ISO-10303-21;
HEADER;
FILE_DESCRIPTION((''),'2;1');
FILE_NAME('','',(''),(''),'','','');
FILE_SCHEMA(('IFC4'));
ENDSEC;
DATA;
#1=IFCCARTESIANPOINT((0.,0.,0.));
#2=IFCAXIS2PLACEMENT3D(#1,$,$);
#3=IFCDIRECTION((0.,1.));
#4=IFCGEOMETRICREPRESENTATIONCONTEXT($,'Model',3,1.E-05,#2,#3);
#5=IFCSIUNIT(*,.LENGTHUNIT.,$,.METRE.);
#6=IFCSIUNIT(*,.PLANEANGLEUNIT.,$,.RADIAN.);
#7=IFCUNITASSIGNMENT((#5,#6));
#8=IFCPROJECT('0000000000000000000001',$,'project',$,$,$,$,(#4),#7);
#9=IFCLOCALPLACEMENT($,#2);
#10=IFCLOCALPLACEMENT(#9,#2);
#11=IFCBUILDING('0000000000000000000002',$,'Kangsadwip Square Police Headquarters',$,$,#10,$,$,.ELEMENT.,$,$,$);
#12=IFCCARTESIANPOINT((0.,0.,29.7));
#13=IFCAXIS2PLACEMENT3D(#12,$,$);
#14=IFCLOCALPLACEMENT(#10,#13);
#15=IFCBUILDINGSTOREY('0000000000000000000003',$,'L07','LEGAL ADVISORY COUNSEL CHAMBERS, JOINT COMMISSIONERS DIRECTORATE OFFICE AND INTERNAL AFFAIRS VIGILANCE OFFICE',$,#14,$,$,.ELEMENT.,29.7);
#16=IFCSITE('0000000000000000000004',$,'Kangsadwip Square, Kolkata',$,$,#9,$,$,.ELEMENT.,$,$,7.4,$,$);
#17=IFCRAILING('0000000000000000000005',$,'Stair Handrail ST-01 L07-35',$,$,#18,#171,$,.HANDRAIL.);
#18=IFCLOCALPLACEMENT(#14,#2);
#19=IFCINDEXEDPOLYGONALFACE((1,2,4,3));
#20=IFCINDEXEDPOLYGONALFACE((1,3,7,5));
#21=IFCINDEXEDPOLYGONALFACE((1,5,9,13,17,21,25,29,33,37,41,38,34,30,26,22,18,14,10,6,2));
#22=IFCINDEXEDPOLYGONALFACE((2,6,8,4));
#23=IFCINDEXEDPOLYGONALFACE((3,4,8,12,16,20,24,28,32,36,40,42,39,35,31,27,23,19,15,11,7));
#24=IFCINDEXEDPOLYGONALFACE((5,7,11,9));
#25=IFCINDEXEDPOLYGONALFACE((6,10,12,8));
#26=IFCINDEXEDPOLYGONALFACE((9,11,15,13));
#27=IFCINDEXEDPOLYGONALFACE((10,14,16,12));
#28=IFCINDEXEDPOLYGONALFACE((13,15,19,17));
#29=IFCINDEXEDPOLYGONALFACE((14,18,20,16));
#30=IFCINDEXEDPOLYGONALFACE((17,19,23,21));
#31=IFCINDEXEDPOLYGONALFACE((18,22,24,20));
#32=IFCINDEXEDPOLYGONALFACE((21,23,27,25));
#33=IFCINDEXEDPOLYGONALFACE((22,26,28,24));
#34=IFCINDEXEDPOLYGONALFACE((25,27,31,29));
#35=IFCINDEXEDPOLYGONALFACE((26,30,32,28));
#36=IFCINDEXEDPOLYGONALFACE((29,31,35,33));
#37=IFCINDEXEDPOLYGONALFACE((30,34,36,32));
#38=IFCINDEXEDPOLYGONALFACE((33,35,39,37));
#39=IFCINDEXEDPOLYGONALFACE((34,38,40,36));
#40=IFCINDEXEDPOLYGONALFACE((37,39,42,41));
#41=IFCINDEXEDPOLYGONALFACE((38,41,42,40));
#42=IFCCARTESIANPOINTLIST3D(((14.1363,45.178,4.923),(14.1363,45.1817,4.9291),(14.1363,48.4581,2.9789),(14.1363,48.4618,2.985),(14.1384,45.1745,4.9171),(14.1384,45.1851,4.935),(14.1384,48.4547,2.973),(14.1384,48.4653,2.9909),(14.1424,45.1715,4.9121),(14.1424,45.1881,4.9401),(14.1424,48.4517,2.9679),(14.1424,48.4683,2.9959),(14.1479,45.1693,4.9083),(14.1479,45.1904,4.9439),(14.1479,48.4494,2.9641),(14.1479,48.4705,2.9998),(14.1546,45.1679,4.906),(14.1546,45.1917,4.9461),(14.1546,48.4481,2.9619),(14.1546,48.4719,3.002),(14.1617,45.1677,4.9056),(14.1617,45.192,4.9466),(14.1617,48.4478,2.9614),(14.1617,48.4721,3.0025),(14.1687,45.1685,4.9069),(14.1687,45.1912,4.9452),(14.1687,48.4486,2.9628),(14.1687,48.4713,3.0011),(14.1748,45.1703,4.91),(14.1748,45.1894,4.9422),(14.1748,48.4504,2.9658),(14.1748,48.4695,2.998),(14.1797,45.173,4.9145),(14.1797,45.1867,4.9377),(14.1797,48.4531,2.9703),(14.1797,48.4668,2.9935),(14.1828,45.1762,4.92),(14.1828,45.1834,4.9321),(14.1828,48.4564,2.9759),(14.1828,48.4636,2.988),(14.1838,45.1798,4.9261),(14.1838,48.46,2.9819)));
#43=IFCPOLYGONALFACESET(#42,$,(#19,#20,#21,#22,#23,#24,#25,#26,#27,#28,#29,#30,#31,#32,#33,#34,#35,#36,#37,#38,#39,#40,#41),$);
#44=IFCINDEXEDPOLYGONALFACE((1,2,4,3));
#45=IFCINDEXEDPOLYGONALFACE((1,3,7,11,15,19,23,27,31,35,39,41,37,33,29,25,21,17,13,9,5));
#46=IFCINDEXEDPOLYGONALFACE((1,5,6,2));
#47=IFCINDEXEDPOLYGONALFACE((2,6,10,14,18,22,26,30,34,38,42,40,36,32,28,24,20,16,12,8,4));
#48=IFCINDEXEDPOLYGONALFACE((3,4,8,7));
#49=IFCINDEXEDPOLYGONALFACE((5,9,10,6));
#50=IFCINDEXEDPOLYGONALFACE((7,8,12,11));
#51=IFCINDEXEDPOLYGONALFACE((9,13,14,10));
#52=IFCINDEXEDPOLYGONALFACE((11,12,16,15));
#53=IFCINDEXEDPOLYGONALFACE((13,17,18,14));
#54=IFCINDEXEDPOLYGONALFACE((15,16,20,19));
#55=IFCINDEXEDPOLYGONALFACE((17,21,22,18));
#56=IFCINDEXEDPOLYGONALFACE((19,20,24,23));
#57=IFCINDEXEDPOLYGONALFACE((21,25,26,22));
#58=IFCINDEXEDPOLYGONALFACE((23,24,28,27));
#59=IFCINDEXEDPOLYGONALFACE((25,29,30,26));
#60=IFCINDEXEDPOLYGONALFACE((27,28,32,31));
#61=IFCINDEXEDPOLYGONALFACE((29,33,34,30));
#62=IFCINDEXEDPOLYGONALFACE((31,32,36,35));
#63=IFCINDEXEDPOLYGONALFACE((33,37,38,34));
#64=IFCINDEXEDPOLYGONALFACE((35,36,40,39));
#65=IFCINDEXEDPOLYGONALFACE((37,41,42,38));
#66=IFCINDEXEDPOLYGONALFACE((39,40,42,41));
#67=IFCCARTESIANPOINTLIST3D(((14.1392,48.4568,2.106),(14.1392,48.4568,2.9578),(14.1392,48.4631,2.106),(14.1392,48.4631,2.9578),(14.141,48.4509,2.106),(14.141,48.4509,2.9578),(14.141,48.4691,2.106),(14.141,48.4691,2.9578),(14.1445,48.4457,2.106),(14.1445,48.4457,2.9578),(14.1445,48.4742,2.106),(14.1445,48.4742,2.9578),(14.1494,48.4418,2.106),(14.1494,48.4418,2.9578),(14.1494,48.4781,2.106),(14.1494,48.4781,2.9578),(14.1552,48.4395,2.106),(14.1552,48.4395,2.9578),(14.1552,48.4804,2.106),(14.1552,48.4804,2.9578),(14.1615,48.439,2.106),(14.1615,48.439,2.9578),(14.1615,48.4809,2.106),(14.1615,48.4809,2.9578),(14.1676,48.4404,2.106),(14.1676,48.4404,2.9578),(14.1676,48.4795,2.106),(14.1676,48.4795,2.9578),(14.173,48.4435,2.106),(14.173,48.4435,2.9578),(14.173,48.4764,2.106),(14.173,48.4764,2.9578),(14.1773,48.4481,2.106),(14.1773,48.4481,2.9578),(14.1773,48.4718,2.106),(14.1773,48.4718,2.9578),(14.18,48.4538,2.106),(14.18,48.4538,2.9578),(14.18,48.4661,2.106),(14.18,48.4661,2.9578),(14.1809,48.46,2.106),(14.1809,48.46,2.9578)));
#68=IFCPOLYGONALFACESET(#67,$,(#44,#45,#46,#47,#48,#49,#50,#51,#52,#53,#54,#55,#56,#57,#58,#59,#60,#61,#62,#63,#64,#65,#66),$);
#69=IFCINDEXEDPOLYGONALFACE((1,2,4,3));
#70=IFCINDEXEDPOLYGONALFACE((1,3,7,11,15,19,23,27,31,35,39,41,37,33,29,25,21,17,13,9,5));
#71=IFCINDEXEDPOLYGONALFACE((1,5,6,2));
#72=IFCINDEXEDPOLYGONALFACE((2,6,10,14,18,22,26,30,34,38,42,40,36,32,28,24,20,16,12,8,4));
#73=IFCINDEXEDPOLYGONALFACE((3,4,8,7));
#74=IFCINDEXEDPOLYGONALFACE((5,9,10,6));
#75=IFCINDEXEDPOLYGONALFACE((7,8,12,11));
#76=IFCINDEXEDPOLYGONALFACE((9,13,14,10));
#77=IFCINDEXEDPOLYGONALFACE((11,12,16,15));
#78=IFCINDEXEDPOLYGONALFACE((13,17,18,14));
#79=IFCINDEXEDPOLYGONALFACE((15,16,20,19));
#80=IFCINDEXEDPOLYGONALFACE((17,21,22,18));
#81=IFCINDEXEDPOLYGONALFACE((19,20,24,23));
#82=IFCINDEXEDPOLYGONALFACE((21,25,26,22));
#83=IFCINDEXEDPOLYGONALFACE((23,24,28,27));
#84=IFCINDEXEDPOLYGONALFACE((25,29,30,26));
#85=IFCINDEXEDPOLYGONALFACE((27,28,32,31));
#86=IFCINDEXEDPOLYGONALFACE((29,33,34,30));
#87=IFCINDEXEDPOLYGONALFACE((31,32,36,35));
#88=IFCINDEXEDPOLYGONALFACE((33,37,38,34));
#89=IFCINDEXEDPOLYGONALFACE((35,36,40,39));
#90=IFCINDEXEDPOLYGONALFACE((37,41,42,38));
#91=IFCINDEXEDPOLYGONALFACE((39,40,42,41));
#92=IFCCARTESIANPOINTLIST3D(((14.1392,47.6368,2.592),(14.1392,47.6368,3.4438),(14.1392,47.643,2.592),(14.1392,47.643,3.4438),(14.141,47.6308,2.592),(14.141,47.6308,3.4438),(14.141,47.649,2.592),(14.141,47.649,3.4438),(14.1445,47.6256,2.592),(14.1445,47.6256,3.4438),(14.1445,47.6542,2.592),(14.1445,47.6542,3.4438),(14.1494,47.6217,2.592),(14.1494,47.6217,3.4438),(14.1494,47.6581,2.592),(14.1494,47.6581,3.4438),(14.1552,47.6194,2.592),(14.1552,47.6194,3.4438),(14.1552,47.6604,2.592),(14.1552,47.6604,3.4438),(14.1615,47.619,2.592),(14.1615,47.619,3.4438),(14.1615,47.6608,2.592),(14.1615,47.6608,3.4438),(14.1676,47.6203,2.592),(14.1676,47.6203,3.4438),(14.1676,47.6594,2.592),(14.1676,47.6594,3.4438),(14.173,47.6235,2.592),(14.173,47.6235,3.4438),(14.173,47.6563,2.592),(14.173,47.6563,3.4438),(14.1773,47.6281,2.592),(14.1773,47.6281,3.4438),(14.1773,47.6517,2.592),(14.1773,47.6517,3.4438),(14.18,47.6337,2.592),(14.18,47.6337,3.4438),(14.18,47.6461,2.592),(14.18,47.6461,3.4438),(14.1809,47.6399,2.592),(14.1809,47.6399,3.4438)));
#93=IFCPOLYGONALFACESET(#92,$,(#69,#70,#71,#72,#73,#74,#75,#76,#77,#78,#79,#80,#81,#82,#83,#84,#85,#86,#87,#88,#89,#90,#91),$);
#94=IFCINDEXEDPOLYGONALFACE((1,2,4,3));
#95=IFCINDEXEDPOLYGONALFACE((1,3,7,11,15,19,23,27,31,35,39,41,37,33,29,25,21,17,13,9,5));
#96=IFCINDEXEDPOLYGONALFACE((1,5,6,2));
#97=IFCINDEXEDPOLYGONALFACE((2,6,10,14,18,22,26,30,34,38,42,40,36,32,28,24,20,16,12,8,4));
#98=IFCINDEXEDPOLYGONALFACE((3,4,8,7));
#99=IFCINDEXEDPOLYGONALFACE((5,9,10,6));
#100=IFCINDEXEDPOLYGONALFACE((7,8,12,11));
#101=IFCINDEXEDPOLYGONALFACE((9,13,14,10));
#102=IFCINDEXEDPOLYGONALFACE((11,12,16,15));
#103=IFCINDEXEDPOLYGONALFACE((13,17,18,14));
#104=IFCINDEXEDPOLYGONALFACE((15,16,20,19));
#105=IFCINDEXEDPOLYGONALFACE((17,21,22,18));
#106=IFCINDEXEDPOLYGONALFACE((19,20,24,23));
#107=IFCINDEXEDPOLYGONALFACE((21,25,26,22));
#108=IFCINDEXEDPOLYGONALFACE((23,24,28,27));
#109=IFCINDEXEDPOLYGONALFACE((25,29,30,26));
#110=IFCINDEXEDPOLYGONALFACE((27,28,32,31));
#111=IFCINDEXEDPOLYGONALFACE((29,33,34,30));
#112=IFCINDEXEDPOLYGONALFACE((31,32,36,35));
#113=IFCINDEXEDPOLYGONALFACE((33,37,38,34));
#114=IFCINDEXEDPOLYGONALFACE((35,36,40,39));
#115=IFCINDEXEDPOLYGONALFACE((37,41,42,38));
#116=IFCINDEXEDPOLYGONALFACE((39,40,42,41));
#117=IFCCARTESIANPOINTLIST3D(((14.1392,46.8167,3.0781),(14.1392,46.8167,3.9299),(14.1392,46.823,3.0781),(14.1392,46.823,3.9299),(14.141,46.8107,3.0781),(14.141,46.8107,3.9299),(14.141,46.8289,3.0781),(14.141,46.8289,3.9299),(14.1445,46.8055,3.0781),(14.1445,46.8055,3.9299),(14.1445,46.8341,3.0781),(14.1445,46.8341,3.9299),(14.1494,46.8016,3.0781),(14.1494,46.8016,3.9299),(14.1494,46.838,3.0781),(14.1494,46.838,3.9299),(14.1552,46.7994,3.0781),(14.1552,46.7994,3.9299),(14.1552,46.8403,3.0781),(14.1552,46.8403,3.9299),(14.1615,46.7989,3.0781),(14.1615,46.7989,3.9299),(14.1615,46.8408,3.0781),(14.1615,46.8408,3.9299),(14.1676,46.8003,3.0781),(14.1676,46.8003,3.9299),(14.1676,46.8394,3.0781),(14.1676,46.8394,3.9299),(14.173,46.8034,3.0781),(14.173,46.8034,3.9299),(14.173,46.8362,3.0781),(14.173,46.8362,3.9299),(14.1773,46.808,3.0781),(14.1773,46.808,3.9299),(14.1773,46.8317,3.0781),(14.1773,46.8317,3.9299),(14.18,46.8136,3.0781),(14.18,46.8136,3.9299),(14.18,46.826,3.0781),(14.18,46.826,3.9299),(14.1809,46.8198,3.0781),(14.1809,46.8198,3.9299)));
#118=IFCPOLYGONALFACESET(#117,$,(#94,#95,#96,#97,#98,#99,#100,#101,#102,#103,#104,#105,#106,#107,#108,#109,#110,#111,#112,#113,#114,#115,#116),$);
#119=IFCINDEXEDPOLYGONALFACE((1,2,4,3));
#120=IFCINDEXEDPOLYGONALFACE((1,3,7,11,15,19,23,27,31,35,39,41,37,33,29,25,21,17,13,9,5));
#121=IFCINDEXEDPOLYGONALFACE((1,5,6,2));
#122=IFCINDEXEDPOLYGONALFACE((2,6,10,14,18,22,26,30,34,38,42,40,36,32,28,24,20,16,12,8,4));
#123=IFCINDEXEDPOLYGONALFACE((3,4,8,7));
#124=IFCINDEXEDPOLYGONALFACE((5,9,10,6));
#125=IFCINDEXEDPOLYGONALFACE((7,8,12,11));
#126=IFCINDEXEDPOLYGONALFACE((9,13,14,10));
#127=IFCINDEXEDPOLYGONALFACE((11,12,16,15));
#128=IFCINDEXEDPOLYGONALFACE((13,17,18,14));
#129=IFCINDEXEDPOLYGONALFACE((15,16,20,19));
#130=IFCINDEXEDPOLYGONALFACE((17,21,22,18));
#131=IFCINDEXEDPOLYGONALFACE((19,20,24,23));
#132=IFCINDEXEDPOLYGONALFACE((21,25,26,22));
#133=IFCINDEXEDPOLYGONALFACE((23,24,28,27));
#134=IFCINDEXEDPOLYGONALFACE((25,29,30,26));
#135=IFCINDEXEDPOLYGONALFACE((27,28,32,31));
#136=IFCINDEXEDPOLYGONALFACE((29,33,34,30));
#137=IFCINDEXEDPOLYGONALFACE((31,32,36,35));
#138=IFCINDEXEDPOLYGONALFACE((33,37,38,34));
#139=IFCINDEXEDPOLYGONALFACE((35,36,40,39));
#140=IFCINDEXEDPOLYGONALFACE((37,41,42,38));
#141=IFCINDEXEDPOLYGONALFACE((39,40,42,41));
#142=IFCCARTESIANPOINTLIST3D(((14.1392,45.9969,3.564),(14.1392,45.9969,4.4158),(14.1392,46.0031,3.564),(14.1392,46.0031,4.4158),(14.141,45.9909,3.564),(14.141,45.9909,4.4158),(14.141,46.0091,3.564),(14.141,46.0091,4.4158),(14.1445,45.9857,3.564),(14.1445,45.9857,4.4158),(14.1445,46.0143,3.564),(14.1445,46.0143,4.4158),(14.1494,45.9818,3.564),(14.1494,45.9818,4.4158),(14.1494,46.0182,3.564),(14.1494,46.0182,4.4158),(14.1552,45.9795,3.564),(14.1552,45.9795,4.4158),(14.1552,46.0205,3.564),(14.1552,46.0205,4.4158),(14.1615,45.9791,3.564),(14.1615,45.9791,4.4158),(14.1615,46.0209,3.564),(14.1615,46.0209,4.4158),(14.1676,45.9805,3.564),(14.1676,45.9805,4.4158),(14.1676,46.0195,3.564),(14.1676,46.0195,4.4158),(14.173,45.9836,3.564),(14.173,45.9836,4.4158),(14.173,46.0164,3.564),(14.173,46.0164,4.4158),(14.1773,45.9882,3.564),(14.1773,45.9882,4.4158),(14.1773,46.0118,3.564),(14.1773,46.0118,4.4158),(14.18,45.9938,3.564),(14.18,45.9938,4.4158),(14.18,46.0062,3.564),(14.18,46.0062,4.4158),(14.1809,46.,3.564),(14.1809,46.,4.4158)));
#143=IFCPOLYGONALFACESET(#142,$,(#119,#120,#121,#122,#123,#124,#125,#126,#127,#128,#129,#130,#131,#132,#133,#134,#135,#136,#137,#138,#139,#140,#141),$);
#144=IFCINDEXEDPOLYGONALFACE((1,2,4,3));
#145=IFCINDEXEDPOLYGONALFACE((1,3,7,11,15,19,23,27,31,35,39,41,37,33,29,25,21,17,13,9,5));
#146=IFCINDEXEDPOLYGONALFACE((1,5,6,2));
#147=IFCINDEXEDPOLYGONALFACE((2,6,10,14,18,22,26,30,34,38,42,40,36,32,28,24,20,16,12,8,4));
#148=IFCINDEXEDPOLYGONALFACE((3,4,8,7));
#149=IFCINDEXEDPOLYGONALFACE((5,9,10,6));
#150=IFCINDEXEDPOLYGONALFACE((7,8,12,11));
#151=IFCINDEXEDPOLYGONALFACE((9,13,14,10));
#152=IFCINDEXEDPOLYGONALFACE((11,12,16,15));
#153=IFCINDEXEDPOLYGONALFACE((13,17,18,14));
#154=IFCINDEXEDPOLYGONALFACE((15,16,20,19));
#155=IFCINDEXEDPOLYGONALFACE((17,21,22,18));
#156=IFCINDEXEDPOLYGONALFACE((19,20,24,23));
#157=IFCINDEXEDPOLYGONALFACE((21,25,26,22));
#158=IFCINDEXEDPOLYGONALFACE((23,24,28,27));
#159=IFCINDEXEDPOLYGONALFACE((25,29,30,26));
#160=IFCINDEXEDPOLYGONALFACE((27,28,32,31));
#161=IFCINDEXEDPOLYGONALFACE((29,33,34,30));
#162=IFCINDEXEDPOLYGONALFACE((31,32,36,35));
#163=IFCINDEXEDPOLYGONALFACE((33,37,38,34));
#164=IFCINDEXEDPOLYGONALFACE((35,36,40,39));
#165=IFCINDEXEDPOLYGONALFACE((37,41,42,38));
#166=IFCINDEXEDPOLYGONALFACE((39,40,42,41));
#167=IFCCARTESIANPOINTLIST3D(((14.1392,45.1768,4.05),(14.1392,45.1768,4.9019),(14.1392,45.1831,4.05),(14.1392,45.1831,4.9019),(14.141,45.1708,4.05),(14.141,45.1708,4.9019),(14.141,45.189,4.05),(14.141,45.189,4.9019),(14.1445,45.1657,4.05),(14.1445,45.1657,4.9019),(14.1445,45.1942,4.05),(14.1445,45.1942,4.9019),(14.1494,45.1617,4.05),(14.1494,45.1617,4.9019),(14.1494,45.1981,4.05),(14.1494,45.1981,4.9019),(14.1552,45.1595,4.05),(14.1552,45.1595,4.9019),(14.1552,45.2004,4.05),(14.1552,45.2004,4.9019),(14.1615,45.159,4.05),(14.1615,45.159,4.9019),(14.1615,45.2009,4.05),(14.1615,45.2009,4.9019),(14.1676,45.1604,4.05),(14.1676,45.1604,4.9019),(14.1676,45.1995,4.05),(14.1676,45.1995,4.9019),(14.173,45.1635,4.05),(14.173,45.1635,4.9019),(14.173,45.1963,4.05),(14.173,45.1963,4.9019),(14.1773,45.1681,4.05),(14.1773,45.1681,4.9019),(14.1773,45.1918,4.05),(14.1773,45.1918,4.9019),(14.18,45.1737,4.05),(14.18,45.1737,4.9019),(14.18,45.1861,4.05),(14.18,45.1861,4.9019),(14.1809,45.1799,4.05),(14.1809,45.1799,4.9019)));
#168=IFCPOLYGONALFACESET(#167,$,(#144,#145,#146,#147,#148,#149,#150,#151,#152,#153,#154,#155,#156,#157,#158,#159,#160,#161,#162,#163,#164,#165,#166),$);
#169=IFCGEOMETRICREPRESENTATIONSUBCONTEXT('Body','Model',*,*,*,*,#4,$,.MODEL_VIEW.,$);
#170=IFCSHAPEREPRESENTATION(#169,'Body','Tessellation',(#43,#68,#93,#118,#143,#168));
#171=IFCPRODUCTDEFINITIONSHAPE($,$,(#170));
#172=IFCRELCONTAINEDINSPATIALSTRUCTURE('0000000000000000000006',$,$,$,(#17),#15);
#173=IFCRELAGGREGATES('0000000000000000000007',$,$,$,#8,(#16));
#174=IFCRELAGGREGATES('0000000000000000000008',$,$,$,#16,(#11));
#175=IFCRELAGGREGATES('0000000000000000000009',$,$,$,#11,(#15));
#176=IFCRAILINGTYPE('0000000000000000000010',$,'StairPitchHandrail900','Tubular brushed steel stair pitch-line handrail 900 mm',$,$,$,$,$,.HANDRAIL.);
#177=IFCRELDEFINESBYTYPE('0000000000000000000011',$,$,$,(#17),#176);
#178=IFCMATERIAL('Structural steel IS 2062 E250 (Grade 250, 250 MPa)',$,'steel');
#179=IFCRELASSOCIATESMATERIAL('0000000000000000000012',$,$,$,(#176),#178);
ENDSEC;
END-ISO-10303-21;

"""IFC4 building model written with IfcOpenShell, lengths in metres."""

from ifc_helpers import new_model, si_unit, direction, frame, origin, origin_2d, place, context, subcontext, project, spatial, circle, extrude, material, type_object, element, save


model = new_model("IFC4")

# Units and contexts
model_context = context("Model", 3, precision=1e-05, world=origin(), true_north=direction((0.0, 1.0)))
body_context = subcontext(model_context, "Body", "Model", "MODEL_VIEW")
ifc_project = project(units=[si_unit("LENGTHUNIT", "METRE"), si_unit("PLANEANGLEUNIT", "RADIAN")], contexts=[model_context])

# Site, building, storey
site_placement = place(None, origin())
site = spatial("IfcSite", under=ifc_project, at=site_placement, Name="Kangsadwip Square, Kolkata", CompositionType="ELEMENT", RefElevation=7.4)
building_placement = place(site_placement, origin())
building = spatial("IfcBuilding", under=site, at=building_placement, Name="Kangsadwip Square Police Headquarters", CompositionType="ELEMENT")
storey_placement = place(building_placement, frame((0.0, 0.0, 29.7)))
storey = spatial("IfcBuildingStorey", under=building, at=storey_placement, Name="L07", Description="LEGAL ADVISORY COUNSEL CHAMBERS, JOINT COMMISSIONERS DIRECTORATE OFFICE AND INTERNAL AFFAIRS VIGILANCE OFFICE", CompositionType="ELEMENT", Elevation=29.7)

# Railing
ifc_material_1 = material(Name="Structural steel IS 2062 E250 (Grade 250, 250 MPa)", Category="steel")
railing_type_1 = type_object("IfcRailingType", Name="StairPitchHandrail900", Description="Tubular brushed steel stair pitch-line handrail 900 mm", PredefinedType="HANDRAIL", material=ifc_material_1)
railing_1_placement = place(storey_placement, frame((14.1599, 48.46, 2.106)))
element("IfcRailing", 1, at=railing_1_placement, inside=storey, type_object=railing_type_1, Name="Stair Handrail ST-01 L07-35", PredefinedType="HANDRAIL", context=body_context, shape_type="SweptSolid", body=[
    extrude(circle(Radius=0.0239, at=origin_2d()), frame((0.0, 0.0, 0.876), z_axis=(0.0, -0.860249, 0.509874), x_axis=(1.0, 0.0, 0.0)), (0.0, 0.0, 1.0), 3.813),
    extrude(circle(Radius=0.021, at=origin_2d()), origin(), (0.0, 0.0, 1.0), 0.8518),
    extrude(circle(Radius=0.021, at=origin_2d()), frame((0.0, -0.8201, 0.4861)), (0.0, 0.0, 1.0), 0.8518),
    extrude(circle(Radius=0.021, at=origin_2d()), frame((0.0, -1.6401, 0.9722)), (0.0, 0.0, 1.0), 0.8518),
    extrude(circle(Radius=0.021, at=origin_2d()), frame((0.0, -2.46, 1.458)), (0.0, 0.0, 1.0), 0.8518),
    extrude(circle(Radius=0.021, at=origin_2d()), frame((0.0, -3.28, 1.9441)), (0.0, 0.0, 1.0), 0.8518),
])

save(model, "model.ifc")
